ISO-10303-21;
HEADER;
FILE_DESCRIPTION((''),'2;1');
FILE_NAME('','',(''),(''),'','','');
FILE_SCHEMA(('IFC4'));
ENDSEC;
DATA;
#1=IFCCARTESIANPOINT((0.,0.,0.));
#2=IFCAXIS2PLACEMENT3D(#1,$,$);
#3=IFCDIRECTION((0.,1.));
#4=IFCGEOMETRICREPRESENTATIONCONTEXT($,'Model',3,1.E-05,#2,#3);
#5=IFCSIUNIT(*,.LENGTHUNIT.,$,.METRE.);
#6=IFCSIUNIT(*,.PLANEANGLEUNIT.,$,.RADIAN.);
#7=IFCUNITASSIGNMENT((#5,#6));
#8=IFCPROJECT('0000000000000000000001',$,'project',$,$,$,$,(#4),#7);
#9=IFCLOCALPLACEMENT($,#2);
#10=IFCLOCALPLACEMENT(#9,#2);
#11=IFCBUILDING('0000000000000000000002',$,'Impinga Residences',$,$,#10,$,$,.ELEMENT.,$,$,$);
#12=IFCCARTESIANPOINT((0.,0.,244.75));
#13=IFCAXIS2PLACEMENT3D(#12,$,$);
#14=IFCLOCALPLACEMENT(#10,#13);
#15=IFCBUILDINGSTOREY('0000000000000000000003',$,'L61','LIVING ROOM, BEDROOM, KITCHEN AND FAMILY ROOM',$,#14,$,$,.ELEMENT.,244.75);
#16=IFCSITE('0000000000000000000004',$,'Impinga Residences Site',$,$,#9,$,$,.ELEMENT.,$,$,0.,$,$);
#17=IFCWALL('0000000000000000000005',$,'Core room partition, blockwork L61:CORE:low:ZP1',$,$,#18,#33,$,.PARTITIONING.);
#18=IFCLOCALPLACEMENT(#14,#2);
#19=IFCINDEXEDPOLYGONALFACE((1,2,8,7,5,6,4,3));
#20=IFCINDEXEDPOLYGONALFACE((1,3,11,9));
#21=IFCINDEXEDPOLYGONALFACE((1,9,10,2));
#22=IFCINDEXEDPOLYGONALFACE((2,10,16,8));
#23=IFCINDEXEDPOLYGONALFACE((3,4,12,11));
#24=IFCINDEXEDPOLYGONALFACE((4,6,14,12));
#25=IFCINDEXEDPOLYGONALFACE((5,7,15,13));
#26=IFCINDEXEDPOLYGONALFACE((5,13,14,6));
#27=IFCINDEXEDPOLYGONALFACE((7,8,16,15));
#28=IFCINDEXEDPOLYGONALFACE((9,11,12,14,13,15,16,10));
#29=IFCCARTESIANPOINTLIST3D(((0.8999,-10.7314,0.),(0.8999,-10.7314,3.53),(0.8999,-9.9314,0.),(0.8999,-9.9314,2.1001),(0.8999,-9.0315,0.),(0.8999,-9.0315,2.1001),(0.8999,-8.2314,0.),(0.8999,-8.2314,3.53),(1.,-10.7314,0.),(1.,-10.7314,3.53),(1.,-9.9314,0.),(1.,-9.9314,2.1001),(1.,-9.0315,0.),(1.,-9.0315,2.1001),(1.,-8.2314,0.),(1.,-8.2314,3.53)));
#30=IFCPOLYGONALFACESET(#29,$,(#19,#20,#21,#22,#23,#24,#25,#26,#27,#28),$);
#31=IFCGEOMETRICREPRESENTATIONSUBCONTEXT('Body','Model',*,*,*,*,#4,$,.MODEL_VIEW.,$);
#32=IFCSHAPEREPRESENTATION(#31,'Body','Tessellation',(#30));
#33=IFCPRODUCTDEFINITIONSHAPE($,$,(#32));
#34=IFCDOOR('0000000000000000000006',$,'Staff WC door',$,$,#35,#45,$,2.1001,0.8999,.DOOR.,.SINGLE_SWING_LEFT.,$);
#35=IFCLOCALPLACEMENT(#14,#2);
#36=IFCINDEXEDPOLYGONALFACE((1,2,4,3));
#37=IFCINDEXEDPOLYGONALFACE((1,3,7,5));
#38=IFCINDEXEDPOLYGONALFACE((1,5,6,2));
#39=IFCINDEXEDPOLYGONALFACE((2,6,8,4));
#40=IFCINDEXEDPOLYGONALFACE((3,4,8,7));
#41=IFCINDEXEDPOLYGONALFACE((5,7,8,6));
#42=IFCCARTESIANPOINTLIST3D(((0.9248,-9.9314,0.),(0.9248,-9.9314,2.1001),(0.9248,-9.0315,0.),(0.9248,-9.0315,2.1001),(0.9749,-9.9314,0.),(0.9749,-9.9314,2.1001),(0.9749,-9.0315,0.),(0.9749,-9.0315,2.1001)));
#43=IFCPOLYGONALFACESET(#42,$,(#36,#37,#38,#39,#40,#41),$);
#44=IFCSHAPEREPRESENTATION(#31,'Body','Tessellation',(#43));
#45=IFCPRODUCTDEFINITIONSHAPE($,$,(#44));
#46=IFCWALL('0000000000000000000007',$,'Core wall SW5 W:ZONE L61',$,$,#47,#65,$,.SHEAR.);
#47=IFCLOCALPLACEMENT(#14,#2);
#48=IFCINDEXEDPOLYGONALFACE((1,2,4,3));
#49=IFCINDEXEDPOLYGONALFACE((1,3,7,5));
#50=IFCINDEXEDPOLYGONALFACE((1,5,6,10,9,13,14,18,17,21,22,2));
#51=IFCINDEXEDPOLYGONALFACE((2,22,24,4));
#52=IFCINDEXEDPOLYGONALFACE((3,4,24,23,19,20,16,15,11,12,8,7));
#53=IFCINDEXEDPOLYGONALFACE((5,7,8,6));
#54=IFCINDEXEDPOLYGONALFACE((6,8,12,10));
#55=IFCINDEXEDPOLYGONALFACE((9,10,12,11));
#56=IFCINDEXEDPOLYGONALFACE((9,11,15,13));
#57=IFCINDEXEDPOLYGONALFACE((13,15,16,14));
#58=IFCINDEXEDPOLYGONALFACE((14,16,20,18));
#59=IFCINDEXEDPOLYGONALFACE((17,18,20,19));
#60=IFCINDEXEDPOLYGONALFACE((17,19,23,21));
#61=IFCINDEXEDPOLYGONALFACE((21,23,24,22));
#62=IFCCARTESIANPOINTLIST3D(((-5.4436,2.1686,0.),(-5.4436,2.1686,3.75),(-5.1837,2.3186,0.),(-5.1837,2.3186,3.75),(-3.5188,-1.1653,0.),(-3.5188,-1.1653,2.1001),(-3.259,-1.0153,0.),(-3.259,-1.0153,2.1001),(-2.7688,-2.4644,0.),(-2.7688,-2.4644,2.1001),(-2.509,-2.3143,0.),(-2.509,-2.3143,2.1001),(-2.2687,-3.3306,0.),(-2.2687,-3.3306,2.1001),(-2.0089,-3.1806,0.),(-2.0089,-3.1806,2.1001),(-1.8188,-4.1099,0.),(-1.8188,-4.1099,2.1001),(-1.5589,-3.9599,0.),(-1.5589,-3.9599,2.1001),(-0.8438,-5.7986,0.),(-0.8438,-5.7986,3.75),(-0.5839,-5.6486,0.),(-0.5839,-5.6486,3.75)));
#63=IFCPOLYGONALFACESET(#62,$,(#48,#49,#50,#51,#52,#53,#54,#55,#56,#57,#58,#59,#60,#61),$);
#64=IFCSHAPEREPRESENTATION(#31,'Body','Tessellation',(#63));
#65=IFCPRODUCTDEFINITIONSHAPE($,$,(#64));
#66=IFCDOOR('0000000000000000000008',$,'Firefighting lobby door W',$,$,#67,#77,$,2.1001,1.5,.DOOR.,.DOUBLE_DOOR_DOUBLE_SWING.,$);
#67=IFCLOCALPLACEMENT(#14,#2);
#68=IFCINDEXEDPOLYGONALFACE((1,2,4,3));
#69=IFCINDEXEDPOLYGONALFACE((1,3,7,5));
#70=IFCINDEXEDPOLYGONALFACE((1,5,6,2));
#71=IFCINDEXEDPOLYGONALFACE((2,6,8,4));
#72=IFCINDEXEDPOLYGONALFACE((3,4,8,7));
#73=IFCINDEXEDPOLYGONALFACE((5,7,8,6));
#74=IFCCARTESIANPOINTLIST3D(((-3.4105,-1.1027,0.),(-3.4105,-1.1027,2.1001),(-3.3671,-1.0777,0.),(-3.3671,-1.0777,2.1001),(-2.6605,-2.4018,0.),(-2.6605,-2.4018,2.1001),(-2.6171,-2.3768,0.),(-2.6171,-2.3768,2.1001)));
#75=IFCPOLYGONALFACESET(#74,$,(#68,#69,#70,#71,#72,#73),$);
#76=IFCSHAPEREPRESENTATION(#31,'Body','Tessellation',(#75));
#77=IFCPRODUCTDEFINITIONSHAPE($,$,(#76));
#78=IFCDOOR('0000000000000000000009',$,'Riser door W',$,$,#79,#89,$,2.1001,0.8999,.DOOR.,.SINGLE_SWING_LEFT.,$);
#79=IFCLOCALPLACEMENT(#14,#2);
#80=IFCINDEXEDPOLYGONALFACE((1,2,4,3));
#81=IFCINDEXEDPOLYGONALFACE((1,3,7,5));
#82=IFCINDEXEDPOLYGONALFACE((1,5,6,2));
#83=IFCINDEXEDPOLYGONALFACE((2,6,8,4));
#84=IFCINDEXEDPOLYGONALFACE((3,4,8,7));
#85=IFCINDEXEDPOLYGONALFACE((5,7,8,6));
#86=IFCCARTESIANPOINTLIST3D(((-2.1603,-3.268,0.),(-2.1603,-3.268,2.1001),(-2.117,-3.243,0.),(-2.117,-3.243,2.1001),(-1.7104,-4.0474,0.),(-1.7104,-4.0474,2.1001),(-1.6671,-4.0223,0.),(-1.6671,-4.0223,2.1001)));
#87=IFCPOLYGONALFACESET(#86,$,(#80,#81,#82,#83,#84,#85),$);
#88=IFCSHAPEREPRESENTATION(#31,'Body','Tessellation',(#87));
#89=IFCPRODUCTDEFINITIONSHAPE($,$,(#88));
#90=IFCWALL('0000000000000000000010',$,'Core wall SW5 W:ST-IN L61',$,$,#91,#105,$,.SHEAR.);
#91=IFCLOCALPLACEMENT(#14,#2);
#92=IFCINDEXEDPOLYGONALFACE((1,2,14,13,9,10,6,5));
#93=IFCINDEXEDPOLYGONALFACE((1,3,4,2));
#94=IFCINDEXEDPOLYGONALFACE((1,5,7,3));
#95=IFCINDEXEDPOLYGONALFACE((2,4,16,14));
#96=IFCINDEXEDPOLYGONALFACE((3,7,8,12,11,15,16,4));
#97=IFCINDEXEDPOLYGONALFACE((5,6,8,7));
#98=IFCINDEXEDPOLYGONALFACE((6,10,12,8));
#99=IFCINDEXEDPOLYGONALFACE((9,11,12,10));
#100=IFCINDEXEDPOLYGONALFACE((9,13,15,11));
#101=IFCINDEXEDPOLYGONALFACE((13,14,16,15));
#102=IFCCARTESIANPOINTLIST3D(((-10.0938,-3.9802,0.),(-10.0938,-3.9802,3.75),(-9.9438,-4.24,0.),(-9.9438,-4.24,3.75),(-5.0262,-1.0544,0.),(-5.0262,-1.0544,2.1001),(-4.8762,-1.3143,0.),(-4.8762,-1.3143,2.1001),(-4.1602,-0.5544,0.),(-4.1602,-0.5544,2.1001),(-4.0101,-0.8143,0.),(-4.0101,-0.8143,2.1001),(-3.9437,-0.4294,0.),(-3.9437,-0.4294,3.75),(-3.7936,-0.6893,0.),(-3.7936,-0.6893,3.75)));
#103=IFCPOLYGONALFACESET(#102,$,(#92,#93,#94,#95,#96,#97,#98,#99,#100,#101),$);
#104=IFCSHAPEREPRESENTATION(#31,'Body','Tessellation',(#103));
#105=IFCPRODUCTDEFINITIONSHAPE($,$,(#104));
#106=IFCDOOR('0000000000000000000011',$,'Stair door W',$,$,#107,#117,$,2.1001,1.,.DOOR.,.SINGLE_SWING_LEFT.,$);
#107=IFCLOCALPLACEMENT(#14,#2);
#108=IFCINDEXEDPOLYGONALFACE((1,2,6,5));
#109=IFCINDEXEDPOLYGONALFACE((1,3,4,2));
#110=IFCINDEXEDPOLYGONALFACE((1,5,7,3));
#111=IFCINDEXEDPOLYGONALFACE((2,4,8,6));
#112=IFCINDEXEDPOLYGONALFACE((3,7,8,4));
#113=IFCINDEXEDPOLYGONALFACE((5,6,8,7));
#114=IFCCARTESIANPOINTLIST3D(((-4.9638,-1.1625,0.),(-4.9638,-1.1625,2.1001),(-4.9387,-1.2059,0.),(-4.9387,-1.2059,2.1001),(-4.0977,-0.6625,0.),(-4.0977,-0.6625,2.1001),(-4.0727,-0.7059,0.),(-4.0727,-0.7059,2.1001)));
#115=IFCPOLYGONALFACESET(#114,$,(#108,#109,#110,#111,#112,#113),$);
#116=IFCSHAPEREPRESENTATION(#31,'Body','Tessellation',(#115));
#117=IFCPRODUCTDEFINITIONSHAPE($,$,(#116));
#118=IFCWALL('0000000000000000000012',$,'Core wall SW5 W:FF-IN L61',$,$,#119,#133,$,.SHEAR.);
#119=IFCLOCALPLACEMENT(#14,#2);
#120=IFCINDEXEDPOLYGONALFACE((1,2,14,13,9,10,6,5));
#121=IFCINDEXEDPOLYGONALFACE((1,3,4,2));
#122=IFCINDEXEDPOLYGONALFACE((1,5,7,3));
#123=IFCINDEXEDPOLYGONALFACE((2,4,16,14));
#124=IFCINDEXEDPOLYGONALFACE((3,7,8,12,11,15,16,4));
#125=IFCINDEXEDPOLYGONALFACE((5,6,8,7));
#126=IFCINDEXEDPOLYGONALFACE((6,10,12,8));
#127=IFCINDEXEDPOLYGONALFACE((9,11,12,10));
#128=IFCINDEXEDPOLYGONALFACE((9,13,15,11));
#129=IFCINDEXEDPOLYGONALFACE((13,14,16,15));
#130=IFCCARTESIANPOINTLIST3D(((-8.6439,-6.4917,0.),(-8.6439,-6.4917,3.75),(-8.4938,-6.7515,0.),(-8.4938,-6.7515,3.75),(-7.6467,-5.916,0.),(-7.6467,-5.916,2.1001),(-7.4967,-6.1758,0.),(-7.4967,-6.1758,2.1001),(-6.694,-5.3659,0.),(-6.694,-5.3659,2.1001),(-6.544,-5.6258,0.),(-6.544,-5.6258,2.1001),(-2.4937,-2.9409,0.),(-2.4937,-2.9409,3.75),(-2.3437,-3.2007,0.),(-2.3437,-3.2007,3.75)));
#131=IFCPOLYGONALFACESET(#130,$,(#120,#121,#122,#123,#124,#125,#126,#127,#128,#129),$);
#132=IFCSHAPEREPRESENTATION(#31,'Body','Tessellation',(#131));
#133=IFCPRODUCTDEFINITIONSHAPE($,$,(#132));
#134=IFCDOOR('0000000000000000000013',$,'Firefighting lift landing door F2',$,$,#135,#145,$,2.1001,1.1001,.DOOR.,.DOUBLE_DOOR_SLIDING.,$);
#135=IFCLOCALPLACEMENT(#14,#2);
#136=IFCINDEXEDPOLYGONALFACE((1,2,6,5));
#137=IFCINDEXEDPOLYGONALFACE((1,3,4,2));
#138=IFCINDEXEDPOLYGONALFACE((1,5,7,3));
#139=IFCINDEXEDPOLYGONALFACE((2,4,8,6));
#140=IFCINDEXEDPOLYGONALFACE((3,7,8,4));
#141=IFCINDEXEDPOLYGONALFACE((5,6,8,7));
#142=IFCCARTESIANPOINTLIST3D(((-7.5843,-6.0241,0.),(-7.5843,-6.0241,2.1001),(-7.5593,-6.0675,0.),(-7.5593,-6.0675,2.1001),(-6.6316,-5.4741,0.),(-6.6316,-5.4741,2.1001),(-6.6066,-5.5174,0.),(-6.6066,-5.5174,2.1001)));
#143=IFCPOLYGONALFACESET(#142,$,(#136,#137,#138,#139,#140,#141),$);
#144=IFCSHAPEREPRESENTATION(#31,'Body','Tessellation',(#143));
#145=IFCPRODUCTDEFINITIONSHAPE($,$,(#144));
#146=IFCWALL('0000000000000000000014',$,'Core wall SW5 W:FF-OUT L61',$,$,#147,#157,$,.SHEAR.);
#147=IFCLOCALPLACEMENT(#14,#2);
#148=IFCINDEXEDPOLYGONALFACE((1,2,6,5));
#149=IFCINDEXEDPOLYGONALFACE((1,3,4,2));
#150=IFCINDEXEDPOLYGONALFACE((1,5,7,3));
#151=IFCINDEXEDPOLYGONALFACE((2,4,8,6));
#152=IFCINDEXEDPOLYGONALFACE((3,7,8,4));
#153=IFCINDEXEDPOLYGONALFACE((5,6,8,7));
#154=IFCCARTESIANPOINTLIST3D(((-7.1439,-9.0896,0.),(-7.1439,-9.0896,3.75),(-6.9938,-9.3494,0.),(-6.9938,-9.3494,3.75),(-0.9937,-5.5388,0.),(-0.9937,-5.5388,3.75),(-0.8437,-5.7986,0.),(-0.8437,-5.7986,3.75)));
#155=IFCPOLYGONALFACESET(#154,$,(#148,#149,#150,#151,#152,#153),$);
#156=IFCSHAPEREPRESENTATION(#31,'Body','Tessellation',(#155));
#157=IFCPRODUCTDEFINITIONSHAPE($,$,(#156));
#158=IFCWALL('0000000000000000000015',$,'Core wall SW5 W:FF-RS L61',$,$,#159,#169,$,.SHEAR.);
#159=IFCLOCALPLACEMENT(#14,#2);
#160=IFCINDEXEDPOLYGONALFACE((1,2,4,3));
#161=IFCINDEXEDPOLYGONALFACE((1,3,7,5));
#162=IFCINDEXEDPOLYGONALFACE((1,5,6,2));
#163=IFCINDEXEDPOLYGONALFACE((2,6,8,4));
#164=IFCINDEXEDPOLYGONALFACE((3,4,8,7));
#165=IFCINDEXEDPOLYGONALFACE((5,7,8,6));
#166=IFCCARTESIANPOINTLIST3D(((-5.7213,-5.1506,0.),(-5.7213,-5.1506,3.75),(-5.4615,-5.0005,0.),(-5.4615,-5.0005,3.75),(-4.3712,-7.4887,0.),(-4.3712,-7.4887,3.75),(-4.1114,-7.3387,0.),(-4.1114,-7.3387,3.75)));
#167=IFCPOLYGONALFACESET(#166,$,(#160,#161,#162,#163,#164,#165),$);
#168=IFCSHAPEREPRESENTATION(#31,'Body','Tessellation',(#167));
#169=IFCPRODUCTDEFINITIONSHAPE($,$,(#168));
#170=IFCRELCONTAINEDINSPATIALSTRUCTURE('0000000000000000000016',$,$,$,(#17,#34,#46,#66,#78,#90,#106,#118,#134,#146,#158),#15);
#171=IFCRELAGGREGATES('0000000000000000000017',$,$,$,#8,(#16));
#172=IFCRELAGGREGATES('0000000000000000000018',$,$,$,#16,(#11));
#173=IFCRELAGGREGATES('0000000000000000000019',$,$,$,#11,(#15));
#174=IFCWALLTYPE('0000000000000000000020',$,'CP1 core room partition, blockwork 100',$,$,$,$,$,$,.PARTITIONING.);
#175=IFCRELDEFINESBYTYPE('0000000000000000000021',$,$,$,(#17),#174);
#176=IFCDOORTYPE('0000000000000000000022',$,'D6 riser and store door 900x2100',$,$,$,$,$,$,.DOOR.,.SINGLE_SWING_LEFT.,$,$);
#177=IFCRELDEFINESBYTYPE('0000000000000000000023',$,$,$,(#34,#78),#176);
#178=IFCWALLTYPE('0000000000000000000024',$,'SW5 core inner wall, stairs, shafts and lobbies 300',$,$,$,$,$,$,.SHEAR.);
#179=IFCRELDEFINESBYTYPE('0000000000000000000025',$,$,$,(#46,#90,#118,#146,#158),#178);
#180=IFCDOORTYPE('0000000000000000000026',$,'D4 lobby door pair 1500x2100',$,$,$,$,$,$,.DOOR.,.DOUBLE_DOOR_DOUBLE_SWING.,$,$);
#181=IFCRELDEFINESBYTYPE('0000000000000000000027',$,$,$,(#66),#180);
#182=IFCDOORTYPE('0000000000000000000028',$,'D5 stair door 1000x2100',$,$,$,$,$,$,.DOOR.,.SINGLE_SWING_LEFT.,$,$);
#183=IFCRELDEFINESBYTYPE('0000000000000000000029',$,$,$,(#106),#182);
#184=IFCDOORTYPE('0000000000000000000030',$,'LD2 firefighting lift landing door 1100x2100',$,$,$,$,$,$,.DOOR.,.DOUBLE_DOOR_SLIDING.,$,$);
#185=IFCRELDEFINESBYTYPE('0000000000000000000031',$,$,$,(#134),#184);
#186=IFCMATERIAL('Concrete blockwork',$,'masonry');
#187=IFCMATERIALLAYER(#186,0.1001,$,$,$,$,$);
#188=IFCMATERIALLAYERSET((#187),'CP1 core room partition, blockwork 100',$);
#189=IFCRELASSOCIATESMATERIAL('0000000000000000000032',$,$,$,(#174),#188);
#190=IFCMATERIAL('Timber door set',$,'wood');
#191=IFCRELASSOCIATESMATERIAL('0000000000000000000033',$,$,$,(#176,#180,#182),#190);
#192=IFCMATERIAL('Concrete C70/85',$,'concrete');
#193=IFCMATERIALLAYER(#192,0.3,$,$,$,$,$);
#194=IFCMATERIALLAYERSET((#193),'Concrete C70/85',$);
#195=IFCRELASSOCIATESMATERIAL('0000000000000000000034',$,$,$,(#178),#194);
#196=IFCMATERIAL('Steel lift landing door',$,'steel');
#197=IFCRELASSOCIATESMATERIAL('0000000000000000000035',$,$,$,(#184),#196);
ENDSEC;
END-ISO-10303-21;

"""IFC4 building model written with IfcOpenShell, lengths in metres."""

from ifc_helpers import new_model, si_unit, direction, frame, frame_2d, origin, place, context, subcontext, project, spatial, rectangle, extrude, material, layer, layer_set, type_object, element, fill, save


model = new_model("IFC4")

# Units and contexts
model_context = context("Model", 3, precision=1e-05, world=origin(), true_north=direction((0.0, 1.0)))
body_context = subcontext(model_context, "Body", "Model", "MODEL_VIEW")
ifc_project = project(units=[si_unit("LENGTHUNIT", "METRE"), si_unit("PLANEANGLEUNIT", "RADIAN")], contexts=[model_context])

# Site, building, storey
site_placement = place(None, origin())
site = spatial("IfcSite", under=ifc_project, at=site_placement, Name="Impinga Residences Site", CompositionType="ELEMENT", RefElevation=0.0)
building_placement = place(site_placement, origin())
building = spatial("IfcBuilding", under=site, at=building_placement, Name="Impinga Residences", CompositionType="ELEMENT")
storey_placement = place(building_placement, frame((0.0, 0.0, 244.75)))
storey = spatial("IfcBuildingStorey", under=building, at=storey_placement, Name="L61", Description="LIVING ROOM, BEDROOM, KITCHEN AND FAMILY ROOM", CompositionType="ELEMENT", Elevation=244.75)

# Wall, opening, door
ifc_material_1 = material(Name="Concrete blockwork", Category="masonry")
ifc_layer_1 = layer(ifc_material_1, 0.1001)
ifc_layer_set_1 = layer_set([ifc_layer_1], Name="CP1 core room partition, blockwork 100")
wall_type_1 = type_object("IfcWallType", Name="CP1 core room partition, blockwork 100", PredefinedType="PARTITIONING", material=ifc_layer_set_1)
wall_1_placement = place(storey_placement, frame((0.95, -8.2314, 0.0), z_axis=(0.0, 0.0, 1.0), x_axis=(0.0, -1.0, 0.0)))
wall_1 = element("IfcWall", 1, at=wall_1_placement, inside=storey, type_object=wall_type_1, Name="Core room partition, blockwork L61:CORE:low:ZP1", PredefinedType="PARTITIONING", context=body_context, shape_type="SweptSolid", body=[
    extrude(rectangle(XDim=2.5, YDim=0.1001, at=frame_2d((1.25, 0.0))), origin(), (0.0, 0.0, 1.0), 3.53),
])
opening_1_placement = place(wall_1_placement, frame((0.8, 0.0, 0.0)))
opening_1 = element("IfcOpeningElement", 2, at=opening_1_placement, cuts=wall_1, PredefinedType="OPENING", context=body_context, shape_type="SweptSolid", body=[
    extrude(rectangle(XDim=0.8999, YDim=2.1001, at=frame_2d((0.45, 1.05))), frame((0.0, 0.0601, 0.0), z_axis=(0.0, -1.0, 0.0), x_axis=(1.0, 0.0, 0.0)), (0.0, 0.0, 1.0), 0.1201),
])
ifc_material_2 = material(Name="Timber door set", Category="wood")
door_type_1 = type_object("IfcDoorType", Name="D6 riser and store door 900x2100", OperationType="SINGLE_SWING_LEFT", PredefinedType="DOOR", material=ifc_material_2)
door_1_placement = place(opening_1_placement, origin())
door_1 = element("IfcDoor", 3, at=door_1_placement, inside=storey, type_object=door_type_1, Name="Staff WC door", OperationType="SINGLE_SWING_LEFT", OverallHeight=2.1001, OverallWidth=0.8999, PredefinedType="DOOR", context=body_context, shape_type="SweptSolid", body=[
    extrude(rectangle(XDim=0.8999, YDim=2.1001, at=frame_2d((0.45, 1.05))), frame((0.0, 0.0249, 0.0), z_axis=(0.0, -1.0, 0.0), x_axis=(1.0, 0.0, 0.0)), (0.0, 0.0, 1.0), 0.05),
])
fill(opening_1, door_1)

# Wall, openings, doors
ifc_material_3 = material(Name="Concrete C70/85", Category="concrete")
ifc_layer_2 = layer(ifc_material_3, 0.3)
ifc_layer_set_2 = layer_set([ifc_layer_2], Name="Concrete C70/85")
wall_type_2 = type_object("IfcWallType", Name="SW5 core inner wall, stairs, shafts and lobbies 300", PredefinedType="SHEAR", material=ifc_layer_set_2)
wall_2_placement = place(storey_placement, frame((-0.7139, -5.7236, 0.0), z_axis=(0.0, 0.0, 1.0), x_axis=(-0.499995, 0.866028, 0.0)))
wall_2 = element("IfcWall", 4, at=wall_2_placement, inside=storey, type_object=wall_type_2, Name="Core wall SW5 W:ZONE L61", PredefinedType="SHEAR", context=body_context, shape_type="SweptSolid", body=[
    extrude(rectangle(XDim=9.1997, YDim=0.3, at=frame_2d((4.5999, 0.0))), origin(), (0.0, 0.0, 1.0), 3.75),
])
opening_2_placement = place(wall_2_placement, frame((3.8501, 0.0, 0.0)))
opening_2 = element("IfcOpeningElement", 5, at=opening_2_placement, cuts=wall_2, PredefinedType="OPENING", context=body_context, shape_type="SweptSolid", body=[
    extrude(rectangle(XDim=1.5, YDim=2.1001, at=frame_2d((0.75, 1.05))), frame((0.0, 0.1599, 0.0), z_axis=(0.0, -1.0, 0.0), x_axis=(1.0, 0.0, 0.0)), (0.0, 0.0, 1.0), 0.3201),
])
opening_3_placement = place(wall_2_placement, frame((1.95, 0.0, 0.0)))
opening_3 = element("IfcOpeningElement", 6, at=opening_3_placement, cuts=wall_2, PredefinedType="OPENING", context=body_context, shape_type="SweptSolid", body=[
    extrude(rectangle(XDim=0.8999, YDim=2.1001, at=frame_2d((0.45, 1.05))), frame((0.0, 0.1599, 0.0), z_axis=(0.0, -1.0, 0.0), x_axis=(1.0, 0.0, 0.0)), (0.0, 0.0, 1.0), 0.3201),
])
door_type_2 = type_object("IfcDoorType", Name="D4 lobby door pair 1500x2100", OperationType="DOUBLE_DOOR_DOUBLE_SWING", PredefinedType="DOOR", material=ifc_material_2)
door_2_placement = place(opening_2_placement, origin())
door_2 = element("IfcDoor", 7, at=door_2_placement, inside=storey, type_object=door_type_2, Name="Firefighting lobby door W", OperationType="DOUBLE_DOOR_DOUBLE_SWING", OverallHeight=2.1001, OverallWidth=1.5, PredefinedType="DOOR", context=body_context, shape_type="SweptSolid", body=[
    extrude(rectangle(XDim=1.5, YDim=2.1001, at=frame_2d((0.75, 1.05))), frame((0.0, 0.0249, 0.0), z_axis=(0.0, -1.0, 0.0), x_axis=(1.0, 0.0, 0.0)), (0.0, 0.0, 1.0), 0.05),
])
fill(opening_2, door_2)
door_3_placement = place(opening_3_placement, origin())
door_3 = element("IfcDoor", 8, at=door_3_placement, inside=storey, type_object=door_type_1, Name="Riser door W", OperationType="SINGLE_SWING_LEFT", OverallHeight=2.1001, OverallWidth=0.8999, PredefinedType="DOOR", context=body_context, shape_type="SweptSolid", body=[
    extrude(rectangle(XDim=0.8999, YDim=2.1001, at=frame_2d((0.45, 1.05))), frame((0.0, 0.0249, 0.0), z_axis=(0.0, -1.0, 0.0), x_axis=(1.0, 0.0, 0.0)), (0.0, 0.0, 1.0), 0.05),
])
fill(opening_3, door_3)

# Walls, openings, doors
wall_3_placement = place(storey_placement, frame((-3.8687, -0.5593, 0.0), z_axis=(0.0, 0.0, 1.0), x_axis=(-0.866026, -0.499999, 0.0)))
wall_3 = element("IfcWall", 9, at=wall_3_placement, inside=storey, type_object=wall_type_2, Name="Core wall SW5 W:ST-IN L61", PredefinedType="SHEAR", context=body_context, shape_type="SweptSolid", body=[
    extrude(rectangle(XDim=7.1016, YDim=0.3, at=frame_2d((3.5508, 0.0))), origin(), (0.0, 0.0, 1.0), 3.75),
])
opening_4_placement = place(wall_3_placement, frame((0.25, 0.0, 0.0)))
opening_4 = element("IfcOpeningElement", 10, at=opening_4_placement, cuts=wall_3, PredefinedType="OPENING", context=body_context, shape_type="SweptSolid", body=[
    extrude(rectangle(XDim=1.0, YDim=2.1001, at=frame_2d((0.5, 1.05))), frame((0.0, 0.1599, 0.0), z_axis=(0.0, -1.0, 0.0), x_axis=(1.0, 0.0, 0.0)), (0.0, 0.0, 1.0), 0.3201),
])
door_type_3 = type_object("IfcDoorType", Name="D5 stair door 1000x2100", OperationType="SINGLE_SWING_LEFT", PredefinedType="DOOR", material=ifc_material_2)
door_4_placement = place(opening_4_placement, origin())
door_4 = element("IfcDoor", 11, at=door_4_placement, inside=storey, type_object=door_type_3, Name="Stair door W", OperationType="SINGLE_SWING_LEFT", OverallHeight=2.1001, OverallWidth=1.0, PredefinedType="DOOR", context=body_context, shape_type="SweptSolid", body=[
    extrude(rectangle(XDim=1.0, YDim=2.1001, at=frame_2d((0.5, 1.05))), frame((0.0, 0.0249, 0.0), z_axis=(0.0, -1.0, 0.0), x_axis=(1.0, 0.0, 0.0)), (0.0, 0.0, 1.0), 0.05),
])
fill(opening_4, door_4)
wall_4_placement = place(storey_placement, frame((-2.4187, -3.0708, 0.0), z_axis=(0.0, 0.0, 1.0), x_axis=(-0.866026, -0.499999, 0.0)))
wall_4 = element("IfcWall", 12, at=wall_4_placement, inside=storey, type_object=wall_type_2, Name="Core wall SW5 W:FF-IN L61", PredefinedType="SHEAR", context=body_context, shape_type="SweptSolid", body=[
    extrude(rectangle(XDim=7.1016, YDim=0.3, at=frame_2d((3.5508, 0.0))), origin(), (0.0, 0.0, 1.0), 3.75),
])
opening_5_placement = place(wall_4_placement, frame((4.8501, 0.0, 0.0)))
opening_5 = element("IfcOpeningElement", 13, at=opening_5_placement, cuts=wall_4, PredefinedType="OPENING", context=body_context, shape_type="SweptSolid", body=[
    extrude(rectangle(XDim=1.1001, YDim=2.1001, at=frame_2d((0.55, 1.05))), frame((0.0, 0.1599, 0.0), z_axis=(0.0, -1.0, 0.0), x_axis=(1.0, 0.0, 0.0)), (0.0, 0.0, 1.0), 0.3201),
])
ifc_material_4 = material(Name="Steel lift landing door", Category="steel")
door_type_4 = type_object("IfcDoorType", Name="LD2 firefighting lift landing door 1100x2100", OperationType="DOUBLE_DOOR_SLIDING", PredefinedType="DOOR", material=ifc_material_4)
door_5_placement = place(opening_5_placement, origin())
door_5 = element("IfcDoor", 14, at=door_5_placement, inside=storey, type_object=door_type_4, Name="Firefighting lift landing door F2", OperationType="DOUBLE_DOOR_SLIDING", OverallHeight=2.1001, OverallWidth=1.1001, PredefinedType="DOOR", context=body_context, shape_type="SweptSolid", body=[
    extrude(rectangle(XDim=1.1001, YDim=2.1001, at=frame_2d((0.55, 1.05))), frame((0.0, 0.0249, 0.0), z_axis=(0.0, -1.0, 0.0), x_axis=(1.0, 0.0, 0.0)), (0.0, 0.0, 1.0), 0.05),
])
fill(opening_5, door_5)

# Walls
wall_5_placement = place(storey_placement, frame((-0.9187, -5.6687, 0.0), z_axis=(0.0, 0.0, 1.0), x_axis=(-0.866026, -0.499999, 0.0)))
element("IfcWall", 15, at=wall_5_placement, inside=storey, type_object=wall_type_2, Name="Core wall SW5 W:FF-OUT L61", PredefinedType="SHEAR", context=body_context, shape_type="SweptSolid", body=[
    extrude(rectangle(XDim=7.1016, YDim=0.3, at=frame_2d((3.5508, 0.0))), origin(), (0.0, 0.0, 1.0), 3.75),
])
wall_6_placement = place(storey_placement, frame((-4.2412, -7.4138, 0.0), z_axis=(0.0, 0.0, 1.0), x_axis=(-0.500049, 0.865997, 0.0)))
element("IfcWall", 16, at=wall_6_placement, inside=storey, type_object=wall_type_2, Name="Core wall SW5 W:FF-RS L61", PredefinedType="SHEAR", context=body_context, shape_type="SweptSolid", body=[
    extrude(rectangle(XDim=2.7, YDim=0.3, at=frame_2d((1.3501, 0.0))), origin(), (0.0, 0.0, 1.0), 3.75),
])

save(model, "model.ifc")
